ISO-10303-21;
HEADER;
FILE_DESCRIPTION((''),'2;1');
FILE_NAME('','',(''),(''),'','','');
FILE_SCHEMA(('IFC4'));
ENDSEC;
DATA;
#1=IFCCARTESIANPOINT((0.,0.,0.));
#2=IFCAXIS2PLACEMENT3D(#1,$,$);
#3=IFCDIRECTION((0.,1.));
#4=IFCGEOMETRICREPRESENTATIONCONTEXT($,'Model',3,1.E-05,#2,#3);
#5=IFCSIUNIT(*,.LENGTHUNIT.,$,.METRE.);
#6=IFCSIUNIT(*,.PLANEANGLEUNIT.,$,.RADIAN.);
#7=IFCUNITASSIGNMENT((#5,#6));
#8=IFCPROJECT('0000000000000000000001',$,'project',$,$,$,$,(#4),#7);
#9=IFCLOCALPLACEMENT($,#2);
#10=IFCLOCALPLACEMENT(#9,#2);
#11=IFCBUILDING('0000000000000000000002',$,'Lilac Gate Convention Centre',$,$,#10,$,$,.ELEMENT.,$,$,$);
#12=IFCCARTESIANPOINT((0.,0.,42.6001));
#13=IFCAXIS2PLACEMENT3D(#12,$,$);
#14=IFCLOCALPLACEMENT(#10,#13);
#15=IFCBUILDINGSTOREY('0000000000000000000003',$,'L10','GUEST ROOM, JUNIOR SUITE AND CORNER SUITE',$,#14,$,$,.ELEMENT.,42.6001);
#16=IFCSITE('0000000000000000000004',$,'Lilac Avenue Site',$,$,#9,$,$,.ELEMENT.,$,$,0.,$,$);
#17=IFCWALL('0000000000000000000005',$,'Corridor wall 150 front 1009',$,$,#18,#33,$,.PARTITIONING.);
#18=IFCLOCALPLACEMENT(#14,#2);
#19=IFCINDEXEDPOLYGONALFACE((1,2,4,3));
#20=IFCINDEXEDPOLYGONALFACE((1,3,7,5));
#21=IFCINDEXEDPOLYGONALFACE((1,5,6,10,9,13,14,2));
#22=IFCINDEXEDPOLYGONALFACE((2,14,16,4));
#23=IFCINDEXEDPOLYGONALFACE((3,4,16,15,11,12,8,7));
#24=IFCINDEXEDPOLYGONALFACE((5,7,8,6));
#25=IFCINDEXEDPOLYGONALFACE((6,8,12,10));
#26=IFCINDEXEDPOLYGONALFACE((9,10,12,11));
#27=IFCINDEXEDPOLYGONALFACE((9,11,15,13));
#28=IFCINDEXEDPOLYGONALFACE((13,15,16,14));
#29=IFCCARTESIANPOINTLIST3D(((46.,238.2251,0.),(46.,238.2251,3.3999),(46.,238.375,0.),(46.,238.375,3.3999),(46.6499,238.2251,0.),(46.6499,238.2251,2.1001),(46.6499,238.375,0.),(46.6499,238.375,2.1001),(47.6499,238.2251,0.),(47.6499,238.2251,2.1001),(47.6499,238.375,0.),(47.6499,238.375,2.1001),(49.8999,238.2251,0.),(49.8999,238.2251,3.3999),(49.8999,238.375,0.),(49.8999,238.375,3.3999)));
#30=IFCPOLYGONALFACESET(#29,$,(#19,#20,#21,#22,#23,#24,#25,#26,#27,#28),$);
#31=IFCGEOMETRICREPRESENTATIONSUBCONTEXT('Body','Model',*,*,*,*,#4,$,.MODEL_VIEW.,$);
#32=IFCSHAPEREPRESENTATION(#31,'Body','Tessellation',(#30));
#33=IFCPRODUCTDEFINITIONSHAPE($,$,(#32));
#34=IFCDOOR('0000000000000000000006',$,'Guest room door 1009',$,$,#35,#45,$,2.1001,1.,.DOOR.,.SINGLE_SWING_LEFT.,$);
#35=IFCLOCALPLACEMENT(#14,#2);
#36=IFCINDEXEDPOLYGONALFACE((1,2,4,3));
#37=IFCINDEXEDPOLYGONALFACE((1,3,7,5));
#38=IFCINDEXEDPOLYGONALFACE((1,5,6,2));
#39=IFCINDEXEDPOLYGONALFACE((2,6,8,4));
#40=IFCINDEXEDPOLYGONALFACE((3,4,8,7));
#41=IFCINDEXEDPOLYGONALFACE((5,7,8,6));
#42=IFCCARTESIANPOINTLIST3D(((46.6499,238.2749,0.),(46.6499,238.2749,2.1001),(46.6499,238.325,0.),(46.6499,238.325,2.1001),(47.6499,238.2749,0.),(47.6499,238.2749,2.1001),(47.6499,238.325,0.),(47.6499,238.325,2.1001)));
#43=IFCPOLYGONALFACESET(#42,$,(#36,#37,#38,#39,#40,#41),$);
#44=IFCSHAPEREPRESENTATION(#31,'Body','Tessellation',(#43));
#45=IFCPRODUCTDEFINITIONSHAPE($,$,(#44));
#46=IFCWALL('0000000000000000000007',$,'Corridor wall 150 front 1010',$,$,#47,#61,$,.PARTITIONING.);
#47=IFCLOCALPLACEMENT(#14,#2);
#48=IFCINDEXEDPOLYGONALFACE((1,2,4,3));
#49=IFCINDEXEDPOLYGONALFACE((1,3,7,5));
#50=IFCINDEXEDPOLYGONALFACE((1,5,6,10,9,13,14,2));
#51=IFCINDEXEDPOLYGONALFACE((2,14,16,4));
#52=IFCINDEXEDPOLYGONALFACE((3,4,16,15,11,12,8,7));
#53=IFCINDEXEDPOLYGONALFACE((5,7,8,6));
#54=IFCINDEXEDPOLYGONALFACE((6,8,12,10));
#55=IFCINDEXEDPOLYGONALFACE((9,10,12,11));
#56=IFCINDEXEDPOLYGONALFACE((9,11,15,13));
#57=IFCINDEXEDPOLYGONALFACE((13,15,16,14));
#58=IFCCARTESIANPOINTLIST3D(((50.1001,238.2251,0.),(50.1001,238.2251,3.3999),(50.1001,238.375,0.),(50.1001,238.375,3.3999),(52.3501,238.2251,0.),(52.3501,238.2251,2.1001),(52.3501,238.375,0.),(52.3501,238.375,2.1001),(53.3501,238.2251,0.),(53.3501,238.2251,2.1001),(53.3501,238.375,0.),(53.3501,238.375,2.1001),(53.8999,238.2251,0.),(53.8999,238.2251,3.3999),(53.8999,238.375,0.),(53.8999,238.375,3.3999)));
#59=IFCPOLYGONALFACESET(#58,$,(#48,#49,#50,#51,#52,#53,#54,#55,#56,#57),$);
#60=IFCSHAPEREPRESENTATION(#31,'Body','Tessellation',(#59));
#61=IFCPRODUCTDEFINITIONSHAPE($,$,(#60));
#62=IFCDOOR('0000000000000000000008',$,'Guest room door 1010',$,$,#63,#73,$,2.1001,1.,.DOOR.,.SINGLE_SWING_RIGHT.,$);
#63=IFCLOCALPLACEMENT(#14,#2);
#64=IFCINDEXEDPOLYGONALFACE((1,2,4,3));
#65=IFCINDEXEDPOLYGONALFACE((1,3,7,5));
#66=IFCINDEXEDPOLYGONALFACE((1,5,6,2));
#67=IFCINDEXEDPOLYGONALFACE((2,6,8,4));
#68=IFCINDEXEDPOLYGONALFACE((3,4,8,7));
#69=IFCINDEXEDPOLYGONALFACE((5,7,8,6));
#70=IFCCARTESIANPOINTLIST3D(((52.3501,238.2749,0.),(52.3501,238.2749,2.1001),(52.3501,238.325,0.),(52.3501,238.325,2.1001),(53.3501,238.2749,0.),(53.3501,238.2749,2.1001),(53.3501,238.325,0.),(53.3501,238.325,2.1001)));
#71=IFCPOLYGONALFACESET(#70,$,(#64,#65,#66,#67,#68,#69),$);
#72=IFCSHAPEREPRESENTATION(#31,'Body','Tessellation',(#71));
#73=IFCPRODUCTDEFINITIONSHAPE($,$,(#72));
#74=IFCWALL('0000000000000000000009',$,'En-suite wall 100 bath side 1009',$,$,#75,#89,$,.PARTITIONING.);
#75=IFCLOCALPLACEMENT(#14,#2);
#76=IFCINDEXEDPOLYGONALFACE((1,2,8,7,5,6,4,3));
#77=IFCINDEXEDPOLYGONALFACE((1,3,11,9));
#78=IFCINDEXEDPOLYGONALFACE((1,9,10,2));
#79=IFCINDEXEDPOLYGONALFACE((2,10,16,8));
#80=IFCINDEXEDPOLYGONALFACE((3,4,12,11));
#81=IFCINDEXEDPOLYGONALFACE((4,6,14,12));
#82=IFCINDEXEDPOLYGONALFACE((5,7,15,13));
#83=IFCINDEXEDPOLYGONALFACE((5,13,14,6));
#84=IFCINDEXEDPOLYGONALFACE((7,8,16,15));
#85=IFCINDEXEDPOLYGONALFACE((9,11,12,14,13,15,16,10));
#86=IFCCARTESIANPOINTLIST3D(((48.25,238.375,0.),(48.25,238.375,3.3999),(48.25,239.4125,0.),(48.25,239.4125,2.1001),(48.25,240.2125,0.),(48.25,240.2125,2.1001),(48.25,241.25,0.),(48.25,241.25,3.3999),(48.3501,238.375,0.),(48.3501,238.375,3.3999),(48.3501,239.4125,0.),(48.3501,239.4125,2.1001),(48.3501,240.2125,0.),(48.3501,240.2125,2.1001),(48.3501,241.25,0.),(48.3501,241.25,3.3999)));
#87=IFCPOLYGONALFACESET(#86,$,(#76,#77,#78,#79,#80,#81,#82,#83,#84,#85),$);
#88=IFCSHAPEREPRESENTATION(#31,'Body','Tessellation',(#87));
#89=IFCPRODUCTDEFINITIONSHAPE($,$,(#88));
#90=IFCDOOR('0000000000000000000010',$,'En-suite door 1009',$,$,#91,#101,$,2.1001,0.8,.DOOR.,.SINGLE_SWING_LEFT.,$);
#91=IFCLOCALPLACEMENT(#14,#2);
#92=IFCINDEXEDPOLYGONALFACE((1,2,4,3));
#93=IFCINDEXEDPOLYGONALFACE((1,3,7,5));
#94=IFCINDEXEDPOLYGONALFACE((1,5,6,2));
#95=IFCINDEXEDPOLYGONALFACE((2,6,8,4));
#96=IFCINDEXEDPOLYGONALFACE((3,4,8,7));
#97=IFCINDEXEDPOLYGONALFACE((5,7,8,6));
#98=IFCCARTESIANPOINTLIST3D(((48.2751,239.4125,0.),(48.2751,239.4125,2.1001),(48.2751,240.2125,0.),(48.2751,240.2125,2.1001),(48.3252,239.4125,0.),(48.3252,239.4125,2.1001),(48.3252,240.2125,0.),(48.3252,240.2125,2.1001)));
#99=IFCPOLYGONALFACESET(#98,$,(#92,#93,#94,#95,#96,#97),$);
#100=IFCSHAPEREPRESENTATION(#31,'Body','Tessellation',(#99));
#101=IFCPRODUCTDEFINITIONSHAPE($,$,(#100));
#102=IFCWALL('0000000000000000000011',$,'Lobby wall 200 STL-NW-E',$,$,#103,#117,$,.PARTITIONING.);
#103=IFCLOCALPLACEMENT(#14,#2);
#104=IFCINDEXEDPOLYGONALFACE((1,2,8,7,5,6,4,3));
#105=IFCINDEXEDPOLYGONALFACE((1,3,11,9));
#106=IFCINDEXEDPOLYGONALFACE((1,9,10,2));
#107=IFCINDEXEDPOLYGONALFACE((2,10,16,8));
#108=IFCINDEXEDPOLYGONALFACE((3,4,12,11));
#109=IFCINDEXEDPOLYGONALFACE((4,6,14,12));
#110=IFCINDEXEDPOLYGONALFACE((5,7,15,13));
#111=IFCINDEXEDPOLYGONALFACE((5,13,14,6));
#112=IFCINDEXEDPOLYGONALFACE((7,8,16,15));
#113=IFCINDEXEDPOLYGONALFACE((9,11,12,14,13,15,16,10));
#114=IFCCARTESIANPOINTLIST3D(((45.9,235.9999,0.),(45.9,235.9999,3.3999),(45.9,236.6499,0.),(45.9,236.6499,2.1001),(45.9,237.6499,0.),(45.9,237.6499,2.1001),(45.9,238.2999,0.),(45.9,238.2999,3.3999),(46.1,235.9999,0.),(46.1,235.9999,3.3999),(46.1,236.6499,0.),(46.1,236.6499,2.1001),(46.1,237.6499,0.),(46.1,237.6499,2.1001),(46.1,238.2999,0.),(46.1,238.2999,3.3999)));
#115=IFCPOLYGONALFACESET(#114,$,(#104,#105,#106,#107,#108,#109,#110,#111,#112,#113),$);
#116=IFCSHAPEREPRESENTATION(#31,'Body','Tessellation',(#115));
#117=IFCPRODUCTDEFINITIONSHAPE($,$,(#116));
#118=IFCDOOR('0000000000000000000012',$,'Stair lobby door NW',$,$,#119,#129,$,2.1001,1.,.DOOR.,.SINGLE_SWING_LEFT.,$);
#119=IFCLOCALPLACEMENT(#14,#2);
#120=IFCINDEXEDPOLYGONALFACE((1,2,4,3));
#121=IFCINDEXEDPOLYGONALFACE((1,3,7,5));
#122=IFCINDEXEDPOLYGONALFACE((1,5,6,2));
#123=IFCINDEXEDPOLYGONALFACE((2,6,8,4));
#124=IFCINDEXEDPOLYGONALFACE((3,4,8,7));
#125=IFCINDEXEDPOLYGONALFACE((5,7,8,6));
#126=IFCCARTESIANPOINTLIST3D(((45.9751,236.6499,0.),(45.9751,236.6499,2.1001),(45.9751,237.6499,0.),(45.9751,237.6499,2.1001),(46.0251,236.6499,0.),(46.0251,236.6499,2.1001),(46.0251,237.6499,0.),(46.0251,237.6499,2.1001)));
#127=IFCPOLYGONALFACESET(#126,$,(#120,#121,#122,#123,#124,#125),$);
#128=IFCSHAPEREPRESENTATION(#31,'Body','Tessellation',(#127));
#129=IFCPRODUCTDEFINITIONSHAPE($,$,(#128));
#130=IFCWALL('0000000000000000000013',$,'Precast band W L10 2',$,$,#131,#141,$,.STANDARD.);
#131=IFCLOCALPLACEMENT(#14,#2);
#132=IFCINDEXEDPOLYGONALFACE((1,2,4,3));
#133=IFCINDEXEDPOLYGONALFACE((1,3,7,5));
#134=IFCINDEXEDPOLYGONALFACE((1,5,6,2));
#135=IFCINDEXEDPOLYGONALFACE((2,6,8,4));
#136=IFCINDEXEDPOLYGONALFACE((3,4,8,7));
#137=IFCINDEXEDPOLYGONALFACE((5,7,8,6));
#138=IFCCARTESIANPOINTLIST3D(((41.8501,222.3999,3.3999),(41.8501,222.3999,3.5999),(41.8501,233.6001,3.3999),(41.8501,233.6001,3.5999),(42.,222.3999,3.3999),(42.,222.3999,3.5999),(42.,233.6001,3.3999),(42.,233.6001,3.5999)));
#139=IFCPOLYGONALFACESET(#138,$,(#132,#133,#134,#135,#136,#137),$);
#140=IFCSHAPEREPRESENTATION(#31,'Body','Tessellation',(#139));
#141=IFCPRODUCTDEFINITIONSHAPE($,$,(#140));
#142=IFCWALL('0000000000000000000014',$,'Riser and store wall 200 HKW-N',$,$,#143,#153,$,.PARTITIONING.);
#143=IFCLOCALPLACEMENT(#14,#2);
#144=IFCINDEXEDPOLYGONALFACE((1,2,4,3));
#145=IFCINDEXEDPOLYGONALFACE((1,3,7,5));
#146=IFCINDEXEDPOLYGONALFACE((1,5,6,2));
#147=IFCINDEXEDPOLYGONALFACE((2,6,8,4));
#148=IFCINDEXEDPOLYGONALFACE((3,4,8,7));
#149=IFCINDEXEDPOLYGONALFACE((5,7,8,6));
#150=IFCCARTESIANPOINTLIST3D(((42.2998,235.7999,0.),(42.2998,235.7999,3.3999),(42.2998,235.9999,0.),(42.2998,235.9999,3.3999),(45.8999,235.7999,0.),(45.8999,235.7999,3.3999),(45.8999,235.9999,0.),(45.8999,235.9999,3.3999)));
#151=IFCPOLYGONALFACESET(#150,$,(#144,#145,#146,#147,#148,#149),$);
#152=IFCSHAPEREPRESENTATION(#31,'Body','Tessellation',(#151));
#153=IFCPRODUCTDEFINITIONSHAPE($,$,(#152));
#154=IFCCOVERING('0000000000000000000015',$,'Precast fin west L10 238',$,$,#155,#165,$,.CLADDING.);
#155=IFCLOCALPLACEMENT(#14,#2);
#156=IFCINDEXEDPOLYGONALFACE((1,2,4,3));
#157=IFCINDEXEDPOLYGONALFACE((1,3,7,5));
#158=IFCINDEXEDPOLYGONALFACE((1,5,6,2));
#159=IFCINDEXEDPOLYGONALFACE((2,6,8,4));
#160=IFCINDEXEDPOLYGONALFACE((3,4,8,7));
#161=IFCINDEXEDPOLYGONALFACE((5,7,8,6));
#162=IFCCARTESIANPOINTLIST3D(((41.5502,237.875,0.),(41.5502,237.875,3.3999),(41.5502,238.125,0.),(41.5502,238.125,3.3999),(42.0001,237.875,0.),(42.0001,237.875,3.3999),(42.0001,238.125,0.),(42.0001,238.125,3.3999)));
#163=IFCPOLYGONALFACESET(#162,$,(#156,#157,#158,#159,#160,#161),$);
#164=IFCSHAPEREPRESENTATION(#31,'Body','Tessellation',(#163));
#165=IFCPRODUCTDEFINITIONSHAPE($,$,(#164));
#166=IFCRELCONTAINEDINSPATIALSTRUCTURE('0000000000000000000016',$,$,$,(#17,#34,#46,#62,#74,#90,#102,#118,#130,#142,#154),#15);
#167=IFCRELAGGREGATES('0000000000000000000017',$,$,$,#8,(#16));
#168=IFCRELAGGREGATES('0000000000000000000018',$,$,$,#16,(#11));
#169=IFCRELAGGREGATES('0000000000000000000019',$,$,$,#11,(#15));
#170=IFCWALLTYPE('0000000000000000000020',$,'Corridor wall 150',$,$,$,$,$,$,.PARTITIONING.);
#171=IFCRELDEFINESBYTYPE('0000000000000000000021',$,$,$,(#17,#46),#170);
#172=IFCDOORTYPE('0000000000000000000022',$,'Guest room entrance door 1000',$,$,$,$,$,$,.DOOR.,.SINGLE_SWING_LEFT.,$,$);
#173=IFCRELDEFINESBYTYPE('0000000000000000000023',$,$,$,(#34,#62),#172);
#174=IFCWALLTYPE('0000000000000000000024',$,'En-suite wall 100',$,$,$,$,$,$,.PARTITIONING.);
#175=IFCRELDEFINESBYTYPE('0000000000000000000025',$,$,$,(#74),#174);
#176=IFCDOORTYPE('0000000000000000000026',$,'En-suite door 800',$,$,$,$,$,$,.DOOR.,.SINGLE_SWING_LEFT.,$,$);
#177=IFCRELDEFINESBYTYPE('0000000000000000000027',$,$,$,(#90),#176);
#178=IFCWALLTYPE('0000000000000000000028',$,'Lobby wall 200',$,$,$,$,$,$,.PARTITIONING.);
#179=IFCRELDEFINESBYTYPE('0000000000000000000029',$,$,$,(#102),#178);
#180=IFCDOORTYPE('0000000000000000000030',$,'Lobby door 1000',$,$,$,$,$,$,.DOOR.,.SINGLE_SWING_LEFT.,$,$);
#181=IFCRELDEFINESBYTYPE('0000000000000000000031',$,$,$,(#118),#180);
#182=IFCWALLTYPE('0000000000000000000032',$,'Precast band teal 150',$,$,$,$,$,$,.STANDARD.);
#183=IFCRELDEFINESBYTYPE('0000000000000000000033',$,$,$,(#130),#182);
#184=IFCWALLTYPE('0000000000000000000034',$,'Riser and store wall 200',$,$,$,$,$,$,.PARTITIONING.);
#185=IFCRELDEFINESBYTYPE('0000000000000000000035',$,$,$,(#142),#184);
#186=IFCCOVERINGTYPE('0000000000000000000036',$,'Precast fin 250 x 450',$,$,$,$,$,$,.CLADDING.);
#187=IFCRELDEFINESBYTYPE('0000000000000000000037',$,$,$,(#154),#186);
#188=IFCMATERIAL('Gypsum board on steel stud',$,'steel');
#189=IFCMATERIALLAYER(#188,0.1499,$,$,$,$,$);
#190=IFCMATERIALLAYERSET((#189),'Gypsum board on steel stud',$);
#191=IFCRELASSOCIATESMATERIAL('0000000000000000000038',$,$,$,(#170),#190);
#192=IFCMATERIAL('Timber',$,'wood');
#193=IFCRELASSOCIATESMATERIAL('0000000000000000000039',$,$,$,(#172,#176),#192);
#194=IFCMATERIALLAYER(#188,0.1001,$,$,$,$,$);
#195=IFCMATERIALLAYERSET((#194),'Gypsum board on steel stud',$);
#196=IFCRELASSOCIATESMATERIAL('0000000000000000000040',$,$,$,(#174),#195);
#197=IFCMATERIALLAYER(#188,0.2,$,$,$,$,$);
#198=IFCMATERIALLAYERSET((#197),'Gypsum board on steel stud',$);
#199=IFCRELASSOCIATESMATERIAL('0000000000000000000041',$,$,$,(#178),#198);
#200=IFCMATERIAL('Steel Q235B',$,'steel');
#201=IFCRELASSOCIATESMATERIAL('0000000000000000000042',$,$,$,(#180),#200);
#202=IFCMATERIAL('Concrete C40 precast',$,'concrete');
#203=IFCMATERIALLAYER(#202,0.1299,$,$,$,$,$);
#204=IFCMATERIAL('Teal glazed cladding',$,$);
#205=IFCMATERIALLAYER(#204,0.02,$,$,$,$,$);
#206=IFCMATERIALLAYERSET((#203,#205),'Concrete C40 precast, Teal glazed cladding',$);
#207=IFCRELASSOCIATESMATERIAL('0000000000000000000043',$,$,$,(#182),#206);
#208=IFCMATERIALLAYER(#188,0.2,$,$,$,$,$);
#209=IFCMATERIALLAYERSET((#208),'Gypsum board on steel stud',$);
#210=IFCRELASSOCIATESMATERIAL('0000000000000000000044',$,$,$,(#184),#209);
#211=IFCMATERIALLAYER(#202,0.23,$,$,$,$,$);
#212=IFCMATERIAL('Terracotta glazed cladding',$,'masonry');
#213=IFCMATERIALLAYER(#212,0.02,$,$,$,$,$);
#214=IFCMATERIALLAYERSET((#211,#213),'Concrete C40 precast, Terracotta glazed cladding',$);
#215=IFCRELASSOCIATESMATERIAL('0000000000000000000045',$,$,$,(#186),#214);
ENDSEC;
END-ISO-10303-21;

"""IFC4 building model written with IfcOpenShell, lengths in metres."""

from ifc_helpers import new_model, si_unit, direction, frame, frame_2d, origin, place, context, subcontext, project, spatial, rectangle, extrude, material, layer, layer_set, type_object, element, fill, save


model = new_model("IFC4")

# Units and contexts
model_context = context("Model", 3, precision=1e-05, world=origin(), true_north=direction((0.0, 1.0)))
body_context = subcontext(model_context, "Body", "Model", "MODEL_VIEW")
ifc_project = project(units=[si_unit("LENGTHUNIT", "METRE"), si_unit("PLANEANGLEUNIT", "RADIAN")], contexts=[model_context])

# Site, building, storey
site_placement = place(None, origin())
site = spatial("IfcSite", under=ifc_project, at=site_placement, Name="Lilac Avenue Site", CompositionType="ELEMENT", RefElevation=0.0)
building_placement = place(site_placement, origin())
building = spatial("IfcBuilding", under=site, at=building_placement, Name="Lilac Gate Convention Centre", CompositionType="ELEMENT")
storey_placement = place(building_placement, frame((0.0, 0.0, 42.6001)))
storey = spatial("IfcBuildingStorey", under=building, at=storey_placement, Name="L10", Description="GUEST ROOM, JUNIOR SUITE AND CORNER SUITE", CompositionType="ELEMENT", Elevation=42.6001)

# Walls, openings, doors
ifc_material_1 = material(Name="Gypsum board on steel stud", Category="steel")
ifc_layer_1 = layer(ifc_material_1, 0.1499)
ifc_layer_set_1 = layer_set([ifc_layer_1], Name="Gypsum board on steel stud")
wall_type_1 = type_object("IfcWallType", Name="Corridor wall 150", PredefinedType="PARTITIONING", material=ifc_layer_set_1)
wall_1_placement = place(storey_placement, frame((46.0, 238.3, 0.0), z_axis=(0.0, 0.0, 1.0), x_axis=(1.0, 0.0, 0.0)))
wall_1 = element("IfcWall", 1, at=wall_1_placement, inside=storey, type_object=wall_type_1, Name="Corridor wall 150 front 1009", PredefinedType="PARTITIONING", context=body_context, shape_type="SweptSolid", body=[
    extrude(rectangle(XDim=3.8999, YDim=0.1499, at=frame_2d((1.95, 0.0))), origin(), (0.0, 0.0, 1.0), 3.3999),
])
opening_1_placement = place(wall_1_placement, frame((0.6499, 0.0, 0.0)))
opening_1 = element("IfcOpeningElement", 2, at=opening_1_placement, cuts=wall_1, PredefinedType="OPENING", context=body_context, shape_type="SweptSolid", body=[
    extrude(rectangle(XDim=1.0, YDim=2.1001, at=frame_2d((0.5, 1.05))), frame((0.0, 0.085, 0.0), z_axis=(0.0, -1.0, 0.0), x_axis=(1.0, 0.0, 0.0)), (0.0, 0.0, 1.0), 0.1699),
])
ifc_material_2 = material(Name="Timber", Category="wood")
door_type_1 = type_object("IfcDoorType", Name="Guest room entrance door 1000", OperationType="SINGLE_SWING_LEFT", PredefinedType="DOOR", material=ifc_material_2)
door_1_placement = place(opening_1_placement, origin())
door_1 = element("IfcDoor", 3, at=door_1_placement, inside=storey, type_object=door_type_1, Name="Guest room door 1009", OperationType="SINGLE_SWING_LEFT", OverallHeight=2.1001, OverallWidth=1.0, PredefinedType="DOOR", context=body_context, shape_type="SweptSolid", body=[
    extrude(rectangle(XDim=1.0, YDim=2.1001, at=frame_2d((0.5, 1.05))), frame((0.0, 0.0249, 0.0), z_axis=(0.0, -1.0, 0.0), x_axis=(1.0, 0.0, 0.0)), (0.0, 0.0, 1.0), 0.05),
])
fill(opening_1, door_1)
wall_2_placement = place(storey_placement, frame((50.1001, 238.3, 0.0), z_axis=(0.0, 0.0, 1.0), x_axis=(1.0, 0.0, 0.0)))
wall_2 = element("IfcWall", 4, at=wall_2_placement, inside=storey, type_object=wall_type_1, Name="Corridor wall 150 front 1010", PredefinedType="PARTITIONING", context=body_context, shape_type="SweptSolid", body=[
    extrude(rectangle(XDim=3.7998, YDim=0.1499, at=frame_2d((1.8999, 0.0))), origin(), (0.0, 0.0, 1.0), 3.3999),
])
opening_2_placement = place(wall_2_placement, frame((2.25, 0.0, 0.0)))
opening_2 = element("IfcOpeningElement", 5, at=opening_2_placement, cuts=wall_2, PredefinedType="OPENING", context=body_context, shape_type="SweptSolid", body=[
    extrude(rectangle(XDim=1.0, YDim=2.1001, at=frame_2d((0.5, 1.05))), frame((0.0, 0.085, 0.0), z_axis=(0.0, -1.0, 0.0), x_axis=(1.0, 0.0, 0.0)), (0.0, 0.0, 1.0), 0.1699),
])
door_2_placement = place(opening_2_placement, origin())
door_2 = element("IfcDoor", 6, at=door_2_placement, inside=storey, type_object=door_type_1, Name="Guest room door 1010", OperationType="SINGLE_SWING_RIGHT", OverallHeight=2.1001, OverallWidth=1.0, PredefinedType="DOOR", context=body_context, shape_type="SweptSolid", body=[
    extrude(rectangle(XDim=1.0, YDim=2.1001, at=frame_2d((0.5, 1.05))), frame((0.0, 0.0249, 0.0), z_axis=(0.0, -1.0, 0.0), x_axis=(1.0, 0.0, 0.0)), (0.0, 0.0, 1.0), 0.05),
])
fill(opening_2, door_2)
ifc_layer_2 = layer(ifc_material_1, 0.1001)
ifc_layer_set_2 = layer_set([ifc_layer_2], Name="Gypsum board on steel stud")
wall_type_2 = type_object("IfcWallType", Name="En-suite wall 100", PredefinedType="PARTITIONING", material=ifc_layer_set_2)
wall_3_placement = place(storey_placement, frame((48.3, 238.375, 0.0), z_axis=(0.0, 0.0, 1.0), x_axis=(0.0, 1.0, 0.0)))
wall_3 = element("IfcWall", 7, at=wall_3_placement, inside=storey, type_object=wall_type_2, Name="En-suite wall 100 bath side 1009", PredefinedType="PARTITIONING", context=body_context, shape_type="SweptSolid", body=[
    extrude(rectangle(XDim=2.875, YDim=0.1001, at=frame_2d((1.4375, 0.0))), origin(), (0.0, 0.0, 1.0), 3.3999),
])
opening_3_placement = place(wall_3_placement, frame((1.0376, 0.0, 0.0)))
opening_3 = element("IfcOpeningElement", 8, at=opening_3_placement, cuts=wall_3, PredefinedType="OPENING", context=body_context, shape_type="SweptSolid", body=[
    extrude(rectangle(XDim=0.8, YDim=2.1001, at=frame_2d((0.3999, 1.05))), frame((0.0, 0.0601, 0.0), z_axis=(0.0, -1.0, 0.0), x_axis=(1.0, 0.0, 0.0)), (0.0, 0.0, 1.0), 0.1201),
])
door_type_2 = type_object("IfcDoorType", Name="En-suite door 800", OperationType="SINGLE_SWING_LEFT", PredefinedType="DOOR", material=ifc_material_2)
door_3_placement = place(opening_3_placement, origin())
door_3 = element("IfcDoor", 9, at=door_3_placement, inside=storey, type_object=door_type_2, Name="En-suite door 1009", OperationType="SINGLE_SWING_LEFT", OverallHeight=2.1001, OverallWidth=0.8, PredefinedType="DOOR", context=body_context, shape_type="SweptSolid", body=[
    extrude(rectangle(XDim=0.8, YDim=2.1001, at=frame_2d((0.3999, 1.05))), frame((0.0, 0.0249, 0.0), z_axis=(0.0, -1.0, 0.0), x_axis=(1.0, 0.0, 0.0)), (0.0, 0.0, 1.0), 0.05),
])
fill(opening_3, door_3)
ifc_layer_3 = layer(ifc_material_1, 0.2)
ifc_layer_set_3 = layer_set([ifc_layer_3], Name="Gypsum board on steel stud")
wall_type_3 = type_object("IfcWallType", Name="Lobby wall 200", PredefinedType="PARTITIONING", material=ifc_layer_set_3)
wall_4_placement = place(storey_placement, frame((46.0, 236.0, 0.0), z_axis=(0.0, 0.0, 1.0), x_axis=(0.0, 1.0, 0.0)))
wall_4 = element("IfcWall", 10, at=wall_4_placement, inside=storey, type_object=wall_type_3, Name="Lobby wall 200 STL-NW-E", PredefinedType="PARTITIONING", context=body_context, shape_type="SweptSolid", body=[
    extrude(rectangle(XDim=2.3, YDim=0.2, at=frame_2d((1.1499, 0.0))), origin(), (0.0, 0.0, 1.0), 3.3999),
])
opening_4_placement = place(wall_4_placement, frame((0.6499, 0.0, 0.0)))
opening_4 = element("IfcOpeningElement", 11, at=opening_4_placement, cuts=wall_4, PredefinedType="OPENING", context=body_context, shape_type="SweptSolid", body=[
    extrude(rectangle(XDim=1.0, YDim=2.1001, at=frame_2d((0.5, 1.05))), frame((0.0, 0.1099, 0.0), z_axis=(0.0, -1.0, 0.0), x_axis=(1.0, 0.0, 0.0)), (0.0, 0.0, 1.0), 0.22),
])
ifc_material_3 = material(Name="Steel Q235B", Category="steel")
door_type_3 = type_object("IfcDoorType", Name="Lobby door 1000", OperationType="SINGLE_SWING_LEFT", PredefinedType="DOOR", material=ifc_material_3)
door_4_placement = place(opening_4_placement, origin())
door_4 = element("IfcDoor", 12, at=door_4_placement, inside=storey, type_object=door_type_3, Name="Stair lobby door NW", OperationType="SINGLE_SWING_LEFT", OverallHeight=2.1001, OverallWidth=1.0, PredefinedType="DOOR", context=body_context, shape_type="SweptSolid", body=[
    extrude(rectangle(XDim=1.0, YDim=2.1001, at=frame_2d((0.5, 1.05))), frame((0.0, 0.0249, 0.0), z_axis=(0.0, -1.0, 0.0), x_axis=(1.0, 0.0, 0.0)), (0.0, 0.0, 1.0), 0.05),
])
fill(opening_4, door_4)

# Walls
ifc_material_4 = material(Name="Concrete C40 precast", Category="concrete")
ifc_layer_4 = layer(ifc_material_4, 0.1299)
ifc_material_5 = material(Name="Teal glazed cladding")
ifc_layer_5 = layer(ifc_material_5, 0.02)
ifc_layer_set_4 = layer_set([ifc_layer_4, ifc_layer_5], Name="Concrete C40 precast, Teal glazed cladding")
wall_type_4 = type_object("IfcWallType", Name="Precast band teal 150", PredefinedType="STANDARD", material=ifc_layer_set_4)
wall_5_placement = place(storey_placement, frame((41.925, 233.6001, 3.3999), z_axis=(0.0, 0.0, 1.0), x_axis=(0.0, -1.0, 0.0)))
element("IfcWall", 13, at=wall_5_placement, inside=storey, type_object=wall_type_4, Name="Precast band W L10 2", PredefinedType="STANDARD", context=body_context, shape_type="SweptSolid", body=[
    extrude(rectangle(XDim=11.2002, YDim=0.1499, at=frame_2d((5.6001, 0.0))), origin(), (0.0, 0.0, 1.0), 0.2),
])
ifc_layer_6 = layer(ifc_material_1, 0.2)
ifc_layer_set_5 = layer_set([ifc_layer_6], Name="Gypsum board on steel stud")
wall_type_5 = type_object("IfcWallType", Name="Riser and store wall 200", PredefinedType="PARTITIONING", material=ifc_layer_set_5)
wall_6_placement = place(storey_placement, frame((42.2998, 235.8999, 0.0), z_axis=(0.0, 0.0, 1.0), x_axis=(1.0, 0.0, 0.0)))
element("IfcWall", 14, at=wall_6_placement, inside=storey, type_object=wall_type_5, Name="Riser and store wall 200 HKW-N", PredefinedType="PARTITIONING", context=body_context, shape_type="SweptSolid", body=[
    extrude(rectangle(XDim=3.6001, YDim=0.2, at=frame_2d((1.8, 0.0))), origin(), (0.0, 0.0, 1.0), 3.3999),
])

# Covering
ifc_layer_7 = layer(ifc_material_4, 0.23)
ifc_material_6 = material(Name="Terracotta glazed cladding", Category="masonry")
ifc_layer_8 = layer(ifc_material_6, 0.02)
ifc_layer_set_6 = layer_set([ifc_layer_7, ifc_layer_8], Name="Concrete C40 precast, Terracotta glazed cladding")
covering_type = type_object("IfcCoveringType", Name="Precast fin 250 x 450", PredefinedType="CLADDING", material=ifc_layer_set_6)
covering_placement = place(storey_placement, frame((41.55, 238.0, 0.0), z_axis=(0.0, 0.0, 1.0), x_axis=(1.0, 0.0, 0.0)))
element("IfcCovering", 15, at=covering_placement, inside=storey, type_object=covering_type, Name="Precast fin west L10 238", PredefinedType="CLADDING", context=body_context, shape_type="SweptSolid", body=[
    extrude(rectangle(XDim=0.45, YDim=0.25, at=frame_2d((0.2251, 0.0))), origin(), (0.0, 0.0, 1.0), 3.3999),
])

save(model, "model.ifc")
